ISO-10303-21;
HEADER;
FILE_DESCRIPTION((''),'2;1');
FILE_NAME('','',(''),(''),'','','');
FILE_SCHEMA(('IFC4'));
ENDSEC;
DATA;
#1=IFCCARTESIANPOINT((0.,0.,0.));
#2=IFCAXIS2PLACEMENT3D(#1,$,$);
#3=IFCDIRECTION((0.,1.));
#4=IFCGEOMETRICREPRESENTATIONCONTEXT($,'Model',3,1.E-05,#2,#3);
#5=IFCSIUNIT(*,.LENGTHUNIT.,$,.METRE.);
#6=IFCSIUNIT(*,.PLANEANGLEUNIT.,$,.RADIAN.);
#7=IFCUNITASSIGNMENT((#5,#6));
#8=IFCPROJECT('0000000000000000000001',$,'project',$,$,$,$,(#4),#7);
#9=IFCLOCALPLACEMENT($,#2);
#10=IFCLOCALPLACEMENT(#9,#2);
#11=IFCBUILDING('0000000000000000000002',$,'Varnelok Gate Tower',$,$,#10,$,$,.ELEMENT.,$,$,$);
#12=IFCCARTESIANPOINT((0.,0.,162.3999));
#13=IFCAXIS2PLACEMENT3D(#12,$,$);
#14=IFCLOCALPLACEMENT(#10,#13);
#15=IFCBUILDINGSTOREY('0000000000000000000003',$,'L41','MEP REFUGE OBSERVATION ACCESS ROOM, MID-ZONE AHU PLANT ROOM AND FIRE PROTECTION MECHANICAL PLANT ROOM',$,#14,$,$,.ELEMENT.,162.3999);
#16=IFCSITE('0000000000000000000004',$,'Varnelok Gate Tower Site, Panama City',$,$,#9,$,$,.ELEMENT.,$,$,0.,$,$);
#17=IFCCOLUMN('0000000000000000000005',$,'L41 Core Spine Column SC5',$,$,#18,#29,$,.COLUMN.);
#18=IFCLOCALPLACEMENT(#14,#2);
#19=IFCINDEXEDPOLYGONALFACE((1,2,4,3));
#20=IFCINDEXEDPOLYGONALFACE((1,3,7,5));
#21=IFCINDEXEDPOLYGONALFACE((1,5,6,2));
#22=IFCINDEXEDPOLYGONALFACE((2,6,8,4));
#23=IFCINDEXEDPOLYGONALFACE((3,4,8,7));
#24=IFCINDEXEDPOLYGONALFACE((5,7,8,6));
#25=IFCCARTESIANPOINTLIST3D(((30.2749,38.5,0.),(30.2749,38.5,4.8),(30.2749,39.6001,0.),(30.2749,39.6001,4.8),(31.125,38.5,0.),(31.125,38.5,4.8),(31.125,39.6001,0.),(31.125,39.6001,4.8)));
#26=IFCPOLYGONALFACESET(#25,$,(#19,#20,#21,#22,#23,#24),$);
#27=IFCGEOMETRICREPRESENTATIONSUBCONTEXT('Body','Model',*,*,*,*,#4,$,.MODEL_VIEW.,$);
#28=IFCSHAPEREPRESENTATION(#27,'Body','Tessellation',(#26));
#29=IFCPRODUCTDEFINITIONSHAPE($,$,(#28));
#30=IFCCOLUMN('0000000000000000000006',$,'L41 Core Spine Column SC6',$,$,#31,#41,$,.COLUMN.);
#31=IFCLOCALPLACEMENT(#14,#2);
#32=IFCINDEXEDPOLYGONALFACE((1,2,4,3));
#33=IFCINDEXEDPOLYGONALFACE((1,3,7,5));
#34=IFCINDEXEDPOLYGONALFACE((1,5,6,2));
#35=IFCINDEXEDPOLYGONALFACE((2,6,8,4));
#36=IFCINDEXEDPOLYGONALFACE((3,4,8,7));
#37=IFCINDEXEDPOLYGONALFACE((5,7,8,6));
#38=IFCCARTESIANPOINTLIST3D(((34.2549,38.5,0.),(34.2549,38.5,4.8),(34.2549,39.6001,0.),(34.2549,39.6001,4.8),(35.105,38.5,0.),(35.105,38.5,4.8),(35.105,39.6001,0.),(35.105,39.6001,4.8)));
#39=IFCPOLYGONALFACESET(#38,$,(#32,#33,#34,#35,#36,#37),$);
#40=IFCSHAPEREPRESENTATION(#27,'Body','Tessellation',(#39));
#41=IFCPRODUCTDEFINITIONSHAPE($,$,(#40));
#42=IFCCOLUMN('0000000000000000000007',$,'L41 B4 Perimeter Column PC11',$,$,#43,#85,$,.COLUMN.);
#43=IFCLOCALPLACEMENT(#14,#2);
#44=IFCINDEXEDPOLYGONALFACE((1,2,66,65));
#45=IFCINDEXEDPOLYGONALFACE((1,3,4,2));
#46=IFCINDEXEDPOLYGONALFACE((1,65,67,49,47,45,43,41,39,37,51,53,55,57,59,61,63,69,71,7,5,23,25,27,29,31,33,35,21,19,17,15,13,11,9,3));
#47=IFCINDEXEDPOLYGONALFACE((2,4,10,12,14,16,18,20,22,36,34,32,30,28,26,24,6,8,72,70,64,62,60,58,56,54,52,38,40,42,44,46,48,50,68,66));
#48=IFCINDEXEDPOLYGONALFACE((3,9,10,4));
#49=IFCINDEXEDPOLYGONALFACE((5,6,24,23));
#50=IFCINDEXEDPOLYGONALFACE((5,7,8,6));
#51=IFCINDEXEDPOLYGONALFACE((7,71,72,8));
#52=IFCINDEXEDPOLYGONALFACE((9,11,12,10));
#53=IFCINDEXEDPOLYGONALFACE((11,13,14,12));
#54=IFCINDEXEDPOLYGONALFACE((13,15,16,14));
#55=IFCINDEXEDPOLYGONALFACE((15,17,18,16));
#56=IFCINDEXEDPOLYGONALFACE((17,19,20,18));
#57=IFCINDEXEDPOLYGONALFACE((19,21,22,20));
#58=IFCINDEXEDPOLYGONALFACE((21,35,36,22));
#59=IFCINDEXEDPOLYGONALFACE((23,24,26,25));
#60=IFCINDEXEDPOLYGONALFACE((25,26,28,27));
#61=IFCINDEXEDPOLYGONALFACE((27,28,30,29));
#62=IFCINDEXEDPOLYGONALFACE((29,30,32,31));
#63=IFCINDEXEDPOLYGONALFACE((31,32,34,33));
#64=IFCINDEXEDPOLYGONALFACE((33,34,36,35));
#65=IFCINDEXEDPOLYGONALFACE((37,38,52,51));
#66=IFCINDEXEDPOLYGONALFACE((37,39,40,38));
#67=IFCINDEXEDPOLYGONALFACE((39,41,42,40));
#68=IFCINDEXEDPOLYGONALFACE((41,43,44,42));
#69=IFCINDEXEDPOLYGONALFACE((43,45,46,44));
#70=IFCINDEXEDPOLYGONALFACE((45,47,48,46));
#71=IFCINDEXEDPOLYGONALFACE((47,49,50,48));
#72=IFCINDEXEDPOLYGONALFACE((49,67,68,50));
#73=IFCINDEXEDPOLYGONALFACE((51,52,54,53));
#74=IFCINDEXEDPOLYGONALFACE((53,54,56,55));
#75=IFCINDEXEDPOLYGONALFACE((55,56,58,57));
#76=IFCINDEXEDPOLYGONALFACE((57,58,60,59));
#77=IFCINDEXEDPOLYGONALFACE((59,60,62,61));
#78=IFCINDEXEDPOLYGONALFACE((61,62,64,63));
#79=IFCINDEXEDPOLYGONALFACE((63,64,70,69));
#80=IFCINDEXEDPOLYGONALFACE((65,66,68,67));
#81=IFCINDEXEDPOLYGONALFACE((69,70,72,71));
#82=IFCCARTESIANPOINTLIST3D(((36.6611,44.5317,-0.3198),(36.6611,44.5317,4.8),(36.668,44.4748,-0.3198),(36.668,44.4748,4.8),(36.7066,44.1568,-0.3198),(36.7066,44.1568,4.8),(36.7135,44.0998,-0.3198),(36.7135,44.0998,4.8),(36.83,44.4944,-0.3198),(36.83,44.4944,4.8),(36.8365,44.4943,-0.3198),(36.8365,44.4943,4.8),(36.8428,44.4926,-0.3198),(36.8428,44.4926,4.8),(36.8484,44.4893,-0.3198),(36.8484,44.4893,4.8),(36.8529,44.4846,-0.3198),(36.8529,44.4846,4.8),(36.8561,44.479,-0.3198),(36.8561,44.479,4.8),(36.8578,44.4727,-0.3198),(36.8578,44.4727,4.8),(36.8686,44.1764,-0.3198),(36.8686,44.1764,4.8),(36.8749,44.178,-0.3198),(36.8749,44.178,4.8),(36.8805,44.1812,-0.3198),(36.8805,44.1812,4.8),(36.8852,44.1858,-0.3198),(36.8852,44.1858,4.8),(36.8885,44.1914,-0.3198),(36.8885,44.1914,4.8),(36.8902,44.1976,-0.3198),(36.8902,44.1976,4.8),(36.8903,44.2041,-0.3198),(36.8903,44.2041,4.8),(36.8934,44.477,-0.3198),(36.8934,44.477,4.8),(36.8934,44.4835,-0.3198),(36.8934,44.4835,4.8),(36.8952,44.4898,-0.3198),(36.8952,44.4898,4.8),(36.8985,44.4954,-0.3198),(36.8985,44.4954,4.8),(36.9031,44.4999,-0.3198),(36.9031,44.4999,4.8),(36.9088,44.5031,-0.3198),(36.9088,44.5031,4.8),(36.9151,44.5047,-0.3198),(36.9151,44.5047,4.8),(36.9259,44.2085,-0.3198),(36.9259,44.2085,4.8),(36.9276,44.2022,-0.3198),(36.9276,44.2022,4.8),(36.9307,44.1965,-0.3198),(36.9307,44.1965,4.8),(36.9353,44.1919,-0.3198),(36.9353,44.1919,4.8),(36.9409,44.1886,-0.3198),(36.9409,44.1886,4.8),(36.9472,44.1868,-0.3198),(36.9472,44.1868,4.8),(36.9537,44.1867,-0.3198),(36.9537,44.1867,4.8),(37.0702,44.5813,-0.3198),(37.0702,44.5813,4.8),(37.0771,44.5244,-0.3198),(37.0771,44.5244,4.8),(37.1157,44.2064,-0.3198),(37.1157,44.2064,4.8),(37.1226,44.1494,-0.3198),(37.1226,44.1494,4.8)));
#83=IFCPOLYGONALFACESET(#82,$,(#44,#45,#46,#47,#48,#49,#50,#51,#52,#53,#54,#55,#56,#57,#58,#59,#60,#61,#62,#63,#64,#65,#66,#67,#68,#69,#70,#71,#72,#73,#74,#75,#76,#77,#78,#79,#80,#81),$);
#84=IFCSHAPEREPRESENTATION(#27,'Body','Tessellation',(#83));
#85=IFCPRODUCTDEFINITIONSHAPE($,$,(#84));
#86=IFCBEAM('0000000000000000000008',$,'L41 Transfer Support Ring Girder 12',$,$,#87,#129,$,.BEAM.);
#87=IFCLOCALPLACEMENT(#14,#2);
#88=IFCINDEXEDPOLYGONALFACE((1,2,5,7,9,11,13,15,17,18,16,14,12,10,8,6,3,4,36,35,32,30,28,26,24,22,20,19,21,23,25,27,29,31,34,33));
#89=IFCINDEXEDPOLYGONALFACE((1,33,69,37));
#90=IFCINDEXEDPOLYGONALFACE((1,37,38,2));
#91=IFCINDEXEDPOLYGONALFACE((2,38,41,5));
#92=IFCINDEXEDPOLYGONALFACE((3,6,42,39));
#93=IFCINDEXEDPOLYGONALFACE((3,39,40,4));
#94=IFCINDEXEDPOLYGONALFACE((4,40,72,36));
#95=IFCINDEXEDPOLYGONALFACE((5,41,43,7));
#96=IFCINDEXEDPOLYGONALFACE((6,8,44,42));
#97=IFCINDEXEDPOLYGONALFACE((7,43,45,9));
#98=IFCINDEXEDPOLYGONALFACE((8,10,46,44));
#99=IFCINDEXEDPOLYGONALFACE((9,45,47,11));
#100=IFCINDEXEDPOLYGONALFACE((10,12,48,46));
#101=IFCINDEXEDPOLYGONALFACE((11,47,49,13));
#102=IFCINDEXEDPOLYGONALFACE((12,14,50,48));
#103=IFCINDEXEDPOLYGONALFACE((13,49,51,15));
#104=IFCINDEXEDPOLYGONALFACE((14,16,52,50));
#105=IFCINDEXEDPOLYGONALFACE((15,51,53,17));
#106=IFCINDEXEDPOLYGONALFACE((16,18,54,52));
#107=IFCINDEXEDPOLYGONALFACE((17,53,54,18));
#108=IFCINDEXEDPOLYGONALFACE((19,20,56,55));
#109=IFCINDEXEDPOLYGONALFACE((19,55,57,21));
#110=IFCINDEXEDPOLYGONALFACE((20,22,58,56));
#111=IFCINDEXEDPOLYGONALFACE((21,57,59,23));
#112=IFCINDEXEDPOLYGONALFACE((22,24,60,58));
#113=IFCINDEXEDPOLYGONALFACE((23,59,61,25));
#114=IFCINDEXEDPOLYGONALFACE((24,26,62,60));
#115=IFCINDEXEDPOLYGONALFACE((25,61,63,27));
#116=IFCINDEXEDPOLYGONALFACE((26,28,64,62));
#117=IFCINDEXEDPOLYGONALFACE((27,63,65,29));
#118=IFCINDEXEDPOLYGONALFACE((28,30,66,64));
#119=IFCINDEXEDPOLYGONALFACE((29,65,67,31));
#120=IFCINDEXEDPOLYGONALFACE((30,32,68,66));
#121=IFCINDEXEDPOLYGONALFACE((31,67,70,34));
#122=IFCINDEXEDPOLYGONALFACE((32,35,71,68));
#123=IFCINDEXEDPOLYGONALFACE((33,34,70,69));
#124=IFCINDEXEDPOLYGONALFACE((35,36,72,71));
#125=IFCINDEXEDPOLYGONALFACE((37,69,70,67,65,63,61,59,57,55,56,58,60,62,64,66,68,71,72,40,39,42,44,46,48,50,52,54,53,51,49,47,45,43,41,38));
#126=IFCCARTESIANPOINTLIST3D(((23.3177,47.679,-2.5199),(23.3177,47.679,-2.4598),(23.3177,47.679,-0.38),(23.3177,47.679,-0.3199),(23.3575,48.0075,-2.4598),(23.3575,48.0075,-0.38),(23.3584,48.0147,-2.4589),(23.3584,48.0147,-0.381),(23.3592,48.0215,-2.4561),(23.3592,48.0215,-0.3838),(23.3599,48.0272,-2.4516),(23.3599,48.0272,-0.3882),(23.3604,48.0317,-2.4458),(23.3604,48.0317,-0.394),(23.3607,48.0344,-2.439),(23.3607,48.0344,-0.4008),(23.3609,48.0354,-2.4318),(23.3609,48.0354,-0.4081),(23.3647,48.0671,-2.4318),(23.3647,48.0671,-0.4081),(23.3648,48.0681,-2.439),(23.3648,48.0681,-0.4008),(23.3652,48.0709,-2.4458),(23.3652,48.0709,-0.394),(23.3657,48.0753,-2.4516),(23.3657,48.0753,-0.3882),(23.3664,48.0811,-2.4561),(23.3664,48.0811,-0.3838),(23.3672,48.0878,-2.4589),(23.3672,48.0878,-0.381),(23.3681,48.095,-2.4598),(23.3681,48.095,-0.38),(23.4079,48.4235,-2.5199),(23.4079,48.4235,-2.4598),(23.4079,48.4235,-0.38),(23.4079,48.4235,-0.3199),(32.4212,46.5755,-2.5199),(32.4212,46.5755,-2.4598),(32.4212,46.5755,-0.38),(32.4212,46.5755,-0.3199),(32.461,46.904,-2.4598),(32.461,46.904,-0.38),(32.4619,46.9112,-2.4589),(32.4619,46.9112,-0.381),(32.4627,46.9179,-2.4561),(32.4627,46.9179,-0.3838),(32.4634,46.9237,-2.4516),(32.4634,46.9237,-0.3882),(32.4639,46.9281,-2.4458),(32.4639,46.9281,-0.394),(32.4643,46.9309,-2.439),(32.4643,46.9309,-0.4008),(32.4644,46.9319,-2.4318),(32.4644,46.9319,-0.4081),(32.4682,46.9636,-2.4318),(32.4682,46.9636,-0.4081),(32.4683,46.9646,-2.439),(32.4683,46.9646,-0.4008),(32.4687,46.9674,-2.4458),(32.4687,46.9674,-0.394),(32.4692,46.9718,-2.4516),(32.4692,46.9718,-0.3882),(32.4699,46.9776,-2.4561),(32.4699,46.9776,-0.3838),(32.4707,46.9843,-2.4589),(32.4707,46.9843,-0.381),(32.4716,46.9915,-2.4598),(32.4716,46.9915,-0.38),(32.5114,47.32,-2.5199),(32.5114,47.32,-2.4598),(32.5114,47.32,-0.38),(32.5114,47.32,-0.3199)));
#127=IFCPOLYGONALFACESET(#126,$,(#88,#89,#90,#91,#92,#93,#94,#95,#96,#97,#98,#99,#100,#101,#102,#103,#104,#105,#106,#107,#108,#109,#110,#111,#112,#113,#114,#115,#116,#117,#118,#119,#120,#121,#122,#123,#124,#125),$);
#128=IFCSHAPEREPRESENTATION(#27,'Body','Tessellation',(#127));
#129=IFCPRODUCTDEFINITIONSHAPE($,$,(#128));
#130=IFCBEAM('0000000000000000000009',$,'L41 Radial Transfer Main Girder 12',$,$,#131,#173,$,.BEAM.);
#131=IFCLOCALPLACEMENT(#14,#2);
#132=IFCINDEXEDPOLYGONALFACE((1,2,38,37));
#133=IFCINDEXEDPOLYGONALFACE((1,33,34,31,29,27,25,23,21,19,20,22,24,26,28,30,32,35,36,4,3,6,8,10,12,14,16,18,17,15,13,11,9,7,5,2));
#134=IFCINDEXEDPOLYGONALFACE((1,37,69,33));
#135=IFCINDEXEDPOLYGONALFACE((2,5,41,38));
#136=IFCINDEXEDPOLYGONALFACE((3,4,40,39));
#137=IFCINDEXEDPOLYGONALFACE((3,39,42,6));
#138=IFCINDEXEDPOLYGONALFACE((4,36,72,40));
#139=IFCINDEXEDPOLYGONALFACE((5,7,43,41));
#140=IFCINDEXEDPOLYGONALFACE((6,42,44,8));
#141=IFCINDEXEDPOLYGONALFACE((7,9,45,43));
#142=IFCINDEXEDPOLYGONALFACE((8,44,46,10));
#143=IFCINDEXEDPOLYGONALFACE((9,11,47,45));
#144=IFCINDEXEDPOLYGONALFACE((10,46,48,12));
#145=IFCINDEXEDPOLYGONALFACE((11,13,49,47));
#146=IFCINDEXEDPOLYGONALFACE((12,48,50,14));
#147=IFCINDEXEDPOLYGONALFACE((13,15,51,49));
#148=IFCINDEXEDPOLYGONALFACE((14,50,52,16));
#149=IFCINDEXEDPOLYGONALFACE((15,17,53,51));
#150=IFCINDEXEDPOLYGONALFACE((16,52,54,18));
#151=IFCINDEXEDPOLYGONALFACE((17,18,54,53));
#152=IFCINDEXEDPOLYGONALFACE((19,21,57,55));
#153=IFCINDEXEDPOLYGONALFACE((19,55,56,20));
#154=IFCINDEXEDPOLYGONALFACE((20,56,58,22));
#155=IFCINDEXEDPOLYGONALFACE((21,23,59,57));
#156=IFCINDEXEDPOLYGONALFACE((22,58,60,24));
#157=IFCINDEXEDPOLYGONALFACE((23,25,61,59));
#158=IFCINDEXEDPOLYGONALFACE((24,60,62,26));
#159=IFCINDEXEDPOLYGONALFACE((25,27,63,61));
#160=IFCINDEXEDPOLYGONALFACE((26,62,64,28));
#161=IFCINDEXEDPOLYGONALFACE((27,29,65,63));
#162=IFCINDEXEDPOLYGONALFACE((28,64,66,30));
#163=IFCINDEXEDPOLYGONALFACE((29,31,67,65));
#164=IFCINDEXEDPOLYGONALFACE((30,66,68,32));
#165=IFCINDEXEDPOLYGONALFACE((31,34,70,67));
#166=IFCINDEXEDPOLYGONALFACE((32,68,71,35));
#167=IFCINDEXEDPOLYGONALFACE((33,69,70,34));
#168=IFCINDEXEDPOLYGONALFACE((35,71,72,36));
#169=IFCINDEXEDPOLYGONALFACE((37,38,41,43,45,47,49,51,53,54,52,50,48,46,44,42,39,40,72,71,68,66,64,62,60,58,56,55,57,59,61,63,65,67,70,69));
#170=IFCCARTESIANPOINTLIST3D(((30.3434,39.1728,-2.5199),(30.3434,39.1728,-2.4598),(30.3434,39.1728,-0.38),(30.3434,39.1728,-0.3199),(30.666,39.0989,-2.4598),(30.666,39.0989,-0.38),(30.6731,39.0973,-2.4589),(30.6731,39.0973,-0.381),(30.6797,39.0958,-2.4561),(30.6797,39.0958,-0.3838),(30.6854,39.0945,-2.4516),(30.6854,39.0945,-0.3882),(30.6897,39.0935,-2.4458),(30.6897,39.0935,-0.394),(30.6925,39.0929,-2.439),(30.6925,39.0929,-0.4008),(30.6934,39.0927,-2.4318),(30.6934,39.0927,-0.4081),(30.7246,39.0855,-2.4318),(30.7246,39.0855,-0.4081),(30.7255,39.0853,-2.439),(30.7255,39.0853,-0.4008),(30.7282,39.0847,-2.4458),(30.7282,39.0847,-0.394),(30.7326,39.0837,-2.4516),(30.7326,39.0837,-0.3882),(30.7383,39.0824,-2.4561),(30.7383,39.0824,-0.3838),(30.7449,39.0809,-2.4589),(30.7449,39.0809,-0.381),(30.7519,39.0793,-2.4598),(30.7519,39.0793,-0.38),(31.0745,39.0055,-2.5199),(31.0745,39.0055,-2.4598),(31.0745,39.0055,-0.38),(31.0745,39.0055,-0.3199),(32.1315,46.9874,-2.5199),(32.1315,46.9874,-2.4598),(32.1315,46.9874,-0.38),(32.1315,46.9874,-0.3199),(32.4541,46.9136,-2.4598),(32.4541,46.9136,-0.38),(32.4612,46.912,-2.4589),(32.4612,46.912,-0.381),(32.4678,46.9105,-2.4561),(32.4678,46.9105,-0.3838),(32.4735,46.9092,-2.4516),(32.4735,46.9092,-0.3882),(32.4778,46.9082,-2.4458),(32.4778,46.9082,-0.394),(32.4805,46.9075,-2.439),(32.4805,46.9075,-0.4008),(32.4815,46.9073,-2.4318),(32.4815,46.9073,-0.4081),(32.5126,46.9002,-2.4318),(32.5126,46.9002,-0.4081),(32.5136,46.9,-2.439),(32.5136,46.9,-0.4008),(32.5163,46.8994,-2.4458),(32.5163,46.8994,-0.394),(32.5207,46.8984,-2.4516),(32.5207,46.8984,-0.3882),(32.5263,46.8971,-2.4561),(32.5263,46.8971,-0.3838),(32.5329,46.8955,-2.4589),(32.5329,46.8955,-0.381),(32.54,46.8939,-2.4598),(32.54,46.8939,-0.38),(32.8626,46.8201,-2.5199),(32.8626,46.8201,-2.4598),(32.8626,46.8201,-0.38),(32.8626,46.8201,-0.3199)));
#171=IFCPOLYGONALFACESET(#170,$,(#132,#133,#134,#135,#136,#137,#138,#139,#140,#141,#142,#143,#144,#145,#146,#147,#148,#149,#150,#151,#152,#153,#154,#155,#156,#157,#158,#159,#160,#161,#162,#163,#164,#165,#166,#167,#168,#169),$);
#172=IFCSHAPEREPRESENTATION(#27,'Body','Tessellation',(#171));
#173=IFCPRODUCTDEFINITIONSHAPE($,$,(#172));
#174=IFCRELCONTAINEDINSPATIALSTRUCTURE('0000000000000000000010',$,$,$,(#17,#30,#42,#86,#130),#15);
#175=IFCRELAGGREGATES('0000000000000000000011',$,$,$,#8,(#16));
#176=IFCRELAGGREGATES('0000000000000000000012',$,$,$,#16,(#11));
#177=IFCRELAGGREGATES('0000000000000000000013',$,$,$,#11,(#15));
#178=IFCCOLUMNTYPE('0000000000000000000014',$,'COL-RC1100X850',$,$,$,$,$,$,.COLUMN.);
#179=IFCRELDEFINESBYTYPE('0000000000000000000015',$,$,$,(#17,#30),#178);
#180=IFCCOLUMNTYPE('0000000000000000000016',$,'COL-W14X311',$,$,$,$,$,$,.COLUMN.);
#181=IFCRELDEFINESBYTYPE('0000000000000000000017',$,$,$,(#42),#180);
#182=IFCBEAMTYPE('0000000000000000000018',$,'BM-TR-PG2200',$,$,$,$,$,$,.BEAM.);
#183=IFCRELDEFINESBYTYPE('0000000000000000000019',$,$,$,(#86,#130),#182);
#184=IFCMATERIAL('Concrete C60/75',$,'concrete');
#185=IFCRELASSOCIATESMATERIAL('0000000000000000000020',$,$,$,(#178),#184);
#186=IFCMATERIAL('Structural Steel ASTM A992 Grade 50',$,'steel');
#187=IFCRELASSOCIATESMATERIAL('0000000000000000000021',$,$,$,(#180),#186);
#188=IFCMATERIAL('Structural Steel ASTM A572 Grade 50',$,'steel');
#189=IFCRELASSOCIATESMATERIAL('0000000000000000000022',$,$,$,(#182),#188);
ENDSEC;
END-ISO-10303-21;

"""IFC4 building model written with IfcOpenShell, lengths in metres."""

from ifc_helpers import new_model, si_unit, direction, frame, origin, origin_2d, place, context, subcontext, project, spatial, rectangle, i_section, extrude, material, material_profile, profile_set, type_object, element, save


model = new_model("IFC4")

# Units and contexts
model_context = context("Model", 3, precision=1e-05, world=origin(), true_north=direction((0.0, 1.0)))
body_context = subcontext(model_context, "Body", "Model", "MODEL_VIEW")
ifc_project = project(units=[si_unit("LENGTHUNIT", "METRE"), si_unit("PLANEANGLEUNIT", "RADIAN")], contexts=[model_context])

# Site, building, storey
site_placement = place(None, origin())
site = spatial("IfcSite", under=ifc_project, at=site_placement, Name="Varnelok Gate Tower Site, Panama City", CompositionType="ELEMENT", RefElevation=0.0)
building_placement = place(site_placement, origin())
building = spatial("IfcBuilding", under=site, at=building_placement, Name="Varnelok Gate Tower", CompositionType="ELEMENT")
storey_placement = place(building_placement, frame((0.0, 0.0, 162.3999)))
storey = spatial("IfcBuildingStorey", under=building, at=storey_placement, Name="L41", Description="MEP REFUGE OBSERVATION ACCESS ROOM, MID-ZONE AHU PLANT ROOM AND FIRE PROTECTION MECHANICAL PLANT ROOM", CompositionType="ELEMENT", Elevation=162.3999)

# Columns
ifc_material_1 = material(Name="Concrete C60/75", Category="concrete")
ifc_material_profile_1 = material_profile(ifc_material_1, rectangle(XDim=0.8501, YDim=1.1001, at=origin_2d()), Name="RC1100X850")
ifc_profile_set_1 = profile_set([ifc_material_profile_1], Name="Concrete C60/75")
column_type_1 = type_object("IfcColumnType", Name="COL-RC1100X850", PredefinedType="COLUMN", material=ifc_profile_set_1)
for number, where, z_axis, x_axis, name in (
    (1, (30.7, 39.05, 0.0), (0.0, 0.0, 1.0), (1.0, 0.0, 0.0), "L41 Core Spine Column SC5"),
    (2, (34.6799, 39.05, 0.0), (0.0, 0.0, 1.0), (1.0, 0.0, 0.0), "L41 Core Spine Column SC6"),
):
    element("IfcColumn", number, at=place(storey_placement, frame(where, z_axis=z_axis, x_axis=x_axis)), inside=storey, type_object=column_type_1, Name=name, PredefinedType="COLUMN", context=body_context, shape_type="SweptSolid", body=[
        extrude(rectangle(XDim=0.8501, YDim=1.1001, at=origin_2d()), origin(), (0.0, 0.0, 1.0), 4.8),
    ])
ifc_material_2 = material(Name="Structural Steel ASTM A992 Grade 50", Category="steel")
ifc_material_profile_2 = material_profile(ifc_material_2, i_section(OverallWidth=0.4121, OverallDepth=0.4351, WebThickness=0.0359, FlangeThickness=0.0574, FilletRadius=0.0249, at=origin_2d()), Name="W14X311")
ifc_profile_set_2 = profile_set([ifc_material_profile_2], Name="Structural Steel ASTM A992 Grade 50")
column_type_2 = type_object("IfcColumnType", Name="COL-W14X311", PredefinedType="COLUMN", material=ifc_profile_set_2)
column_placement = place(storey_placement, frame((36.8918, 44.3406, -0.3198), z_axis=(0.0, 0.0, 1.0), x_axis=(0.992732, 0.120345, 0.0)))
element("IfcColumn", 3, at=column_placement, inside=storey, type_object=column_type_2, Name="L41 B4 Perimeter Column PC11", PredefinedType="COLUMN", context=body_context, shape_type="SweptSolid", body=[
    extrude(i_section(OverallWidth=0.4121, OverallDepth=0.4351, WebThickness=0.0359, FlangeThickness=0.0574, FilletRadius=0.0249, at=origin_2d()), origin(), (0.0, 0.0, 1.0), 5.1199),
])

# Beams
ifc_material_3 = material(Name="Structural Steel ASTM A572 Grade 50", Category="steel")
ifc_material_profile_3 = material_profile(ifc_material_3, i_section(OverallWidth=0.75, OverallDepth=2.2, WebThickness=0.032, FlangeThickness=0.0601, FilletRadius=0.0281, at=origin_2d()), Name="PG2200X750")
ifc_profile_set_3 = profile_set([ifc_material_profile_3], Name="Structural Steel ASTM A572 Grade 50")
beam_type_1 = type_object("IfcBeamType", Name="BM-TR-PG2200", PredefinedType="BEAM", material=ifc_profile_set_3)
beam_1_placement = place(storey_placement, frame((32.4663, 46.9478, -1.4199), z_axis=(-0.992733, 0.120338, 0.0), x_axis=(-0.120338, -0.992733, 0.0)))
element("IfcBeam", 4, at=beam_1_placement, inside=storey, type_object=beam_type_1, Name="L41 Transfer Support Ring Girder 12", PredefinedType="BEAM", context=body_context, shape_type="SweptSolid", body=[
    extrude(i_section(OverallWidth=0.75, OverallDepth=2.2, WebThickness=0.032, FlangeThickness=0.0601, FilletRadius=0.0281, at=origin_2d()), origin(), (0.0, 0.0, 1.0), 9.1702),
])
beam_2_placement = place(storey_placement, frame((30.709, 39.0891, -1.4199), z_axis=(0.223046, 0.974808, 0.0), x_axis=(-0.974808, 0.223046, 0.0)))
element("IfcBeam", 5, at=beam_2_placement, inside=storey, type_object=beam_type_1, Name="L41 Radial Transfer Main Girder 12", PredefinedType="BEAM", context=body_context, shape_type="SweptSolid", body=[
    extrude(i_section(OverallWidth=0.75, OverallDepth=2.2, WebThickness=0.032, FlangeThickness=0.0601, FilletRadius=0.0281, at=origin_2d()), origin(), (0.0, 0.0, 1.0), 8.0166),
])

save(model, "model.ifc")
